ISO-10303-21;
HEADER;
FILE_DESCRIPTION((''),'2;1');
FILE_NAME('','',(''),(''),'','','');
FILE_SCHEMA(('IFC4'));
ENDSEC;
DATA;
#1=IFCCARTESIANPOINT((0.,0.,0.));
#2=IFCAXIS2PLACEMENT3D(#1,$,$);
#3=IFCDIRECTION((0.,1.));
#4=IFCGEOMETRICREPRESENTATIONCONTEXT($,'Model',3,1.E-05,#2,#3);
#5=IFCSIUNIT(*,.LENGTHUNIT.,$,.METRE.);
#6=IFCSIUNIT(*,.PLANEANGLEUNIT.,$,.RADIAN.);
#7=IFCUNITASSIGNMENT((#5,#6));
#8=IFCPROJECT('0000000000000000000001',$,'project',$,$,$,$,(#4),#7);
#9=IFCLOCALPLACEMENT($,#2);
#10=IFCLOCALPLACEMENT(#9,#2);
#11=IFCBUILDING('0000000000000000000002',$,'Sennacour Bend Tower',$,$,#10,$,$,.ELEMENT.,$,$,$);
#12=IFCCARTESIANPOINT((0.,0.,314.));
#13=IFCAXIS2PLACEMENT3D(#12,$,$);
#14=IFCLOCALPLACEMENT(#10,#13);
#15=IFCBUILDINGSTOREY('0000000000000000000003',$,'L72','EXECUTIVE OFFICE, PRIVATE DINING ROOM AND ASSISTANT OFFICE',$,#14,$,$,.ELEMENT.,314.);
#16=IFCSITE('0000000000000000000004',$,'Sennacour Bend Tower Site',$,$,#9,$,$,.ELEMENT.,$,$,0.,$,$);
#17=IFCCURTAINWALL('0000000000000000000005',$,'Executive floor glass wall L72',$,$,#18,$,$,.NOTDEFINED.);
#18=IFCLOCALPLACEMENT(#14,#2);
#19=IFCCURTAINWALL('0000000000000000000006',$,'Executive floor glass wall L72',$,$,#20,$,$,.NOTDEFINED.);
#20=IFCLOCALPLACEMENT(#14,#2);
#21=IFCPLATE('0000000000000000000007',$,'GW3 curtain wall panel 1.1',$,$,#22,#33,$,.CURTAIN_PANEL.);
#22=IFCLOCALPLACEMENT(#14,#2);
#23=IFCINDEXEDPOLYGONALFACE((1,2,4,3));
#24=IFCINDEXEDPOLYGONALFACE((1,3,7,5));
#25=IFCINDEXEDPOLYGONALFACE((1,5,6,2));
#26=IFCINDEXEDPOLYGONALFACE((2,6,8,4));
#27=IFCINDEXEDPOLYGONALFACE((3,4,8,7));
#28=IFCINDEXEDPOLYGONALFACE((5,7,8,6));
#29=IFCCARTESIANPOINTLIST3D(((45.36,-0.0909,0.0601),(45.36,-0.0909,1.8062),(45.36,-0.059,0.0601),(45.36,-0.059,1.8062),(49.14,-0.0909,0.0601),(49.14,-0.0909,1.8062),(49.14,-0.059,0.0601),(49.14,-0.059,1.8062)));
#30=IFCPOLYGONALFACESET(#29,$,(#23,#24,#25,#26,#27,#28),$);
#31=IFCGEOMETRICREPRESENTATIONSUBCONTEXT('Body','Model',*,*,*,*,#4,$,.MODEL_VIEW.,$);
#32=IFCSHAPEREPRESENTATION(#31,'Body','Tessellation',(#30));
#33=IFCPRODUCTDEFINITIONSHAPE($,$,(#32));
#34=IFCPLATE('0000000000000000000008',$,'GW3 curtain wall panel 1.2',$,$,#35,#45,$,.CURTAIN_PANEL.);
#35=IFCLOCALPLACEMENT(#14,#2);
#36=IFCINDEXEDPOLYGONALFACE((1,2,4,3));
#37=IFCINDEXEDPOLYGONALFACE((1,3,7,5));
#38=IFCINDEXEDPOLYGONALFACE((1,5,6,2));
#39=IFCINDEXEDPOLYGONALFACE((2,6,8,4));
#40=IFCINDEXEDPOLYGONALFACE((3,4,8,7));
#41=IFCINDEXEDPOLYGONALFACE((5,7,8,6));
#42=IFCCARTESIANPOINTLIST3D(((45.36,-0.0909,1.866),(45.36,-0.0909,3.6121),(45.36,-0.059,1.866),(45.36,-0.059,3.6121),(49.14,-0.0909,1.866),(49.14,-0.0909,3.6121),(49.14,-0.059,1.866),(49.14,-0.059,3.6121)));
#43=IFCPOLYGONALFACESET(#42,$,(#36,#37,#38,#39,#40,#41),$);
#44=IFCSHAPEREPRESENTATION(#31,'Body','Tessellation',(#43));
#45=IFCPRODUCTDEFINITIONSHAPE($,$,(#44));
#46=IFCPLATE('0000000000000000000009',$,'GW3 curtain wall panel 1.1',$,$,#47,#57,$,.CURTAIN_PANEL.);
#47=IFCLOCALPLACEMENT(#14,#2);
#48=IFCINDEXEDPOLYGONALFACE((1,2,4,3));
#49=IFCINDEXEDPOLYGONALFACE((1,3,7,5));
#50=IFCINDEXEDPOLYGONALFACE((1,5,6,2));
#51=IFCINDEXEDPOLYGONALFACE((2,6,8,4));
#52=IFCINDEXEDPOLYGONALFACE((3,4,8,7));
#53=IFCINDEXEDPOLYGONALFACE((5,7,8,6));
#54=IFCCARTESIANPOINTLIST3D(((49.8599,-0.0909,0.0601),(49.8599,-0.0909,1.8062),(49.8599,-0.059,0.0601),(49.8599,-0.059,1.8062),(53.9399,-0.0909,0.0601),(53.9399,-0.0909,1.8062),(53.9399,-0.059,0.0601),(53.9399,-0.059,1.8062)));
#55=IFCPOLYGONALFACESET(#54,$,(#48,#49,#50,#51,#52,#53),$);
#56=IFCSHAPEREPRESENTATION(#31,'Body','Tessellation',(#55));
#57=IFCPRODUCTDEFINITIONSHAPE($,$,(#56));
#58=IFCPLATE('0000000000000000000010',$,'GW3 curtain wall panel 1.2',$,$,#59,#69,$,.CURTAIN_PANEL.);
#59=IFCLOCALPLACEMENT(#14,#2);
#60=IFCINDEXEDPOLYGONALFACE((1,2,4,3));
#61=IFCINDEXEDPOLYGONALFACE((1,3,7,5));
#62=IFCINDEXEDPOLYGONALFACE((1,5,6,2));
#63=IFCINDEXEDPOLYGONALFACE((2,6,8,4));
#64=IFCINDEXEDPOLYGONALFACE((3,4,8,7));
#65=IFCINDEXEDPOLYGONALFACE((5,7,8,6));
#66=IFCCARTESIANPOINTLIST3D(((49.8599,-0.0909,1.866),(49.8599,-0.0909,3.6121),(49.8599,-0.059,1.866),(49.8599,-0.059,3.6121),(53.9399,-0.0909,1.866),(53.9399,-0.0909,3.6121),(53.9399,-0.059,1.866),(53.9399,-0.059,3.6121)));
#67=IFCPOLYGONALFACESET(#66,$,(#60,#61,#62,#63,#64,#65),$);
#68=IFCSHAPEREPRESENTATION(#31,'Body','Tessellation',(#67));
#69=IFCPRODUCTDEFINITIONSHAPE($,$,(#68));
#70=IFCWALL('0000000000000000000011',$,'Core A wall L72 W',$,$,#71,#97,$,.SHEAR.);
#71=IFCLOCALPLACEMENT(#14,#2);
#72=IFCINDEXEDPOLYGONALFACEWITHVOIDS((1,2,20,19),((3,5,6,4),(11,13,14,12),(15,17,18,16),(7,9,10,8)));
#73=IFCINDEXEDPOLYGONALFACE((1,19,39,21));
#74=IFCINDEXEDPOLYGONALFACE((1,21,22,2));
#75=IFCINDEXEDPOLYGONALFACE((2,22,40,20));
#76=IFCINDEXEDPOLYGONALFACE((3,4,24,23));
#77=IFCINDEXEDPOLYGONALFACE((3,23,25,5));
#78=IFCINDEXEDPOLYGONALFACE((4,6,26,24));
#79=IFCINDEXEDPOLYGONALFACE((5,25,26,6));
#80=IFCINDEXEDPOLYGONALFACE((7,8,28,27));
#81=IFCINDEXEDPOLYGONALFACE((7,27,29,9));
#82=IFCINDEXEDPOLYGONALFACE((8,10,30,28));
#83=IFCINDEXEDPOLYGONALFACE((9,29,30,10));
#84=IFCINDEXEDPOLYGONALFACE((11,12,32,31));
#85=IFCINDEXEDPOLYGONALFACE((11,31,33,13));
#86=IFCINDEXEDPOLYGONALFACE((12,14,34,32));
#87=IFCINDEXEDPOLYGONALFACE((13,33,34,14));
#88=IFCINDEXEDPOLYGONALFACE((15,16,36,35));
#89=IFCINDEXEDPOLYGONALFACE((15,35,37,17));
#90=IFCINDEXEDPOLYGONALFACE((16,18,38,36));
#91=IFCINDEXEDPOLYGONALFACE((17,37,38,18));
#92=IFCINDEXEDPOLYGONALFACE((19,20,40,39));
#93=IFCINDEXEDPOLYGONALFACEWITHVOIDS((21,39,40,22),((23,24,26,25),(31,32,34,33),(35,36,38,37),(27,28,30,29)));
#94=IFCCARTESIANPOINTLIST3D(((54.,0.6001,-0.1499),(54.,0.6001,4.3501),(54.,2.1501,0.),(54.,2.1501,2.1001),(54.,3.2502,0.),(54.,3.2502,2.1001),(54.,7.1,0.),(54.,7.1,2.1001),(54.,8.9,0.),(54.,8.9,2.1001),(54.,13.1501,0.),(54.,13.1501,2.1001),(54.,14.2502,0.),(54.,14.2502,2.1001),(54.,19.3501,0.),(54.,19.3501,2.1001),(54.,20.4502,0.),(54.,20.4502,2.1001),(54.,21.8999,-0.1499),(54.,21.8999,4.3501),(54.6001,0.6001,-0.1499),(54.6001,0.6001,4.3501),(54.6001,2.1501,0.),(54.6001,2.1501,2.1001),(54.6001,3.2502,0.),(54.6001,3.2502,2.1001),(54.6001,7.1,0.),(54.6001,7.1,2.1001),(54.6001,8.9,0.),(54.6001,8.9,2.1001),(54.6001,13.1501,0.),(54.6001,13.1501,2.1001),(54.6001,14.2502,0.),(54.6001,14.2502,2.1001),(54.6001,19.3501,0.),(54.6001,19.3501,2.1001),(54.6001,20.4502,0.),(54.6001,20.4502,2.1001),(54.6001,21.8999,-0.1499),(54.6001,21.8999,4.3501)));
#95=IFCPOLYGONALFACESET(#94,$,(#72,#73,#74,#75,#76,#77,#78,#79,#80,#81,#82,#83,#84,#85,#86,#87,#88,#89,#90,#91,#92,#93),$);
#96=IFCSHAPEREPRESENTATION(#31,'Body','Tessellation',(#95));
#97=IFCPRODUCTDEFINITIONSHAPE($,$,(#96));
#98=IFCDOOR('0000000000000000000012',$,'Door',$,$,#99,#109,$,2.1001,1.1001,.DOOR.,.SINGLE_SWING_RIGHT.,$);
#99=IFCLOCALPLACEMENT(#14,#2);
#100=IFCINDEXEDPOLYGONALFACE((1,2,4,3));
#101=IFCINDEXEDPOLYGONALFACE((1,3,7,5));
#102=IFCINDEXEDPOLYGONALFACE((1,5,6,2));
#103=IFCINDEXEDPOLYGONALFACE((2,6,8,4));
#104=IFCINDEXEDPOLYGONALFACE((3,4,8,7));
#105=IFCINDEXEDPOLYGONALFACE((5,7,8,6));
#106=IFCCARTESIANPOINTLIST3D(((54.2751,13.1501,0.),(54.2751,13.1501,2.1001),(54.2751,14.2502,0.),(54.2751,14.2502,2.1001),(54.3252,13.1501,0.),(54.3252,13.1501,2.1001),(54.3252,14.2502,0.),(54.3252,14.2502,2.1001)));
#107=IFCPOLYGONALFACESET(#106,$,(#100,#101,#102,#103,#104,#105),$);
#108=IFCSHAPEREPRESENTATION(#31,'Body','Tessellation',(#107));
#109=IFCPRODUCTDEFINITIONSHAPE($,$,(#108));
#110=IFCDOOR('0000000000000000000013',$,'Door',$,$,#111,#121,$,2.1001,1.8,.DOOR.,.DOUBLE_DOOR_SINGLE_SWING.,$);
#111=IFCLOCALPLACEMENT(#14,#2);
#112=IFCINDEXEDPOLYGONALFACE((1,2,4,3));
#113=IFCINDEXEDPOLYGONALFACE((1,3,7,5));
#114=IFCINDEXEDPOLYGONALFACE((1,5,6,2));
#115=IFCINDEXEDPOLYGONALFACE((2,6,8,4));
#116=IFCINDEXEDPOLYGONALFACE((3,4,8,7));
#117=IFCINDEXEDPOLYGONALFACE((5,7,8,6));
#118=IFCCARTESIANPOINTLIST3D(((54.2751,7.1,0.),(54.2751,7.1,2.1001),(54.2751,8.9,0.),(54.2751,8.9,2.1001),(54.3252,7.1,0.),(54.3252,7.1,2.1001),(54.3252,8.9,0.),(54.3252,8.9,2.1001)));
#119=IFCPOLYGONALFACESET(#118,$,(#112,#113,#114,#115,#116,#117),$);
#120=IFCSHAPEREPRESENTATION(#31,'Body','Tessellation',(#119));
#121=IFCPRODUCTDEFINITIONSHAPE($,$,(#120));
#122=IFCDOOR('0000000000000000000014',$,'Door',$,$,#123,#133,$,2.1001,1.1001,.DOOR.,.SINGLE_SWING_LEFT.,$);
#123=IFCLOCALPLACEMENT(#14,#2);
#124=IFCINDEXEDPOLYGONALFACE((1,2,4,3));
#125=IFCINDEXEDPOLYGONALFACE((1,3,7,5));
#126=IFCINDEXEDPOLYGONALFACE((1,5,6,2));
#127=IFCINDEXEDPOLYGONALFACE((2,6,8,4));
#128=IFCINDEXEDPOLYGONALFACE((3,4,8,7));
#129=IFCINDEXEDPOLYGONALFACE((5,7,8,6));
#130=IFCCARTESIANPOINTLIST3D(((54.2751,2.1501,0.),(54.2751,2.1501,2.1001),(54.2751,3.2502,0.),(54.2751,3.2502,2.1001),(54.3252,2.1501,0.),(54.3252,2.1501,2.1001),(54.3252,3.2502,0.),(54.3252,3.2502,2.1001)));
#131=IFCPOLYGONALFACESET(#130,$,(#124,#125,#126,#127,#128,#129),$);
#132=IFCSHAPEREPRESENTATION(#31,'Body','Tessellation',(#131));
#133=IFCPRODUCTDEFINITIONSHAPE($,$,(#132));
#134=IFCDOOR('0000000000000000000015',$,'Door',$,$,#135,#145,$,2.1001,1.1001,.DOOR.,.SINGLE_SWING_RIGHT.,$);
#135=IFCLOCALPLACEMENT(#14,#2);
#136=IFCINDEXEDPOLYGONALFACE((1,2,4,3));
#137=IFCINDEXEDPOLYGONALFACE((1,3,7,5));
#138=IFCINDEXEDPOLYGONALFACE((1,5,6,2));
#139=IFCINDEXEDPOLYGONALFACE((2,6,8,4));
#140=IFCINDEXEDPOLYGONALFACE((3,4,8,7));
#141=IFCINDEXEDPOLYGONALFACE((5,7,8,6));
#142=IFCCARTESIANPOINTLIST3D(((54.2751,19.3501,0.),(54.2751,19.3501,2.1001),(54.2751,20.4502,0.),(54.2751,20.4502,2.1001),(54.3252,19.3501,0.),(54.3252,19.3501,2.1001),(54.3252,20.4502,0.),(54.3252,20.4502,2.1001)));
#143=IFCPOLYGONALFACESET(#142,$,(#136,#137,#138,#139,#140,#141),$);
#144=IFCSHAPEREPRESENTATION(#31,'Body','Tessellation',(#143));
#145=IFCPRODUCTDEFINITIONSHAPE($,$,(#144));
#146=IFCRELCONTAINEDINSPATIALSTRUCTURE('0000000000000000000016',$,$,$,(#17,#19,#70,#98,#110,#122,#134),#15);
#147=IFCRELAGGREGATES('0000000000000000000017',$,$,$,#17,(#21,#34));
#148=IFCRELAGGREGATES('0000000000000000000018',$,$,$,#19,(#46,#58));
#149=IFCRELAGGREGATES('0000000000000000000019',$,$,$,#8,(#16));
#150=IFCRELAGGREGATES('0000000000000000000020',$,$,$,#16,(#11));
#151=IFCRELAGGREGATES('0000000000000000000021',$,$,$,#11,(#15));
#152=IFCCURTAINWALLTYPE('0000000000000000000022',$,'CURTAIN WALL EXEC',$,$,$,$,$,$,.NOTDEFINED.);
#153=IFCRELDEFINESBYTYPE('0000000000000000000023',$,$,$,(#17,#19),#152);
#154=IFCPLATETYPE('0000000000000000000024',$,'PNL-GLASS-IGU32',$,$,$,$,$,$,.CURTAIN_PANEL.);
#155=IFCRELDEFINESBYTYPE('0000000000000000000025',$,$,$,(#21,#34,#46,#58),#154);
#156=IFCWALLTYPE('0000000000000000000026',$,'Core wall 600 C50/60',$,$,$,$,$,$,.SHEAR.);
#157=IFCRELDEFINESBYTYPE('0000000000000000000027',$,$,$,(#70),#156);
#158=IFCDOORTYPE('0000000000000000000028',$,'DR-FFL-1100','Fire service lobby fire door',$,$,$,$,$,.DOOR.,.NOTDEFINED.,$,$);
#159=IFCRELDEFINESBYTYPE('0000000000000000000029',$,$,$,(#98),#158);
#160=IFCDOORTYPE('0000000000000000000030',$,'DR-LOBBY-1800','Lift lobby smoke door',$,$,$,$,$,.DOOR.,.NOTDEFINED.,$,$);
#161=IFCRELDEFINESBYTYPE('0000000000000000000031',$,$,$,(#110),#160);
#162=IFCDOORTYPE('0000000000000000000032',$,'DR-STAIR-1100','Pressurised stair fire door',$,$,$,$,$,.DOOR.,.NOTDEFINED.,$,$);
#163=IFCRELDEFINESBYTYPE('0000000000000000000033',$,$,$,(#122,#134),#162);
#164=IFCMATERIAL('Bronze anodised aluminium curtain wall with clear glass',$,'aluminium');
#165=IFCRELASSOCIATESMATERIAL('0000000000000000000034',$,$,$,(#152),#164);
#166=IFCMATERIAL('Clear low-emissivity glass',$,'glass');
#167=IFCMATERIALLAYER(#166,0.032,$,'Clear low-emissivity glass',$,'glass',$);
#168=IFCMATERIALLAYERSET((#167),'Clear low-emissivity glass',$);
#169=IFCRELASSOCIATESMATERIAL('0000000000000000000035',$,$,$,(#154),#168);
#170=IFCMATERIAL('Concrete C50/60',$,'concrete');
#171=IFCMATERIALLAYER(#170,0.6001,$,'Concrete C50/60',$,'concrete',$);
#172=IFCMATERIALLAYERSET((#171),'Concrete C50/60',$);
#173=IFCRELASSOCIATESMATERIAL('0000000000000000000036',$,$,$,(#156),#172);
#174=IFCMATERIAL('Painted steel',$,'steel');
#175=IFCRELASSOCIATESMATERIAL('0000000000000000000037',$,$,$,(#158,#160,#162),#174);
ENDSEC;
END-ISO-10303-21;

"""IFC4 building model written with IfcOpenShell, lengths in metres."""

from ifc_helpers import new_model, si_unit, direction, frame, frame_2d, origin, origin_2d, place, context, subcontext, project, spatial, rectangle, extrude, material, layer, layer_set, type_object, element, fill, aggregate, save


model = new_model("IFC4")

# Units and contexts
model_context = context("Model", 3, precision=1e-05, world=origin(), true_north=direction((0.0, 1.0)))
body_context = subcontext(model_context, "Body", "Model", "MODEL_VIEW")
ifc_project = project(units=[si_unit("LENGTHUNIT", "METRE"), si_unit("PLANEANGLEUNIT", "RADIAN")], contexts=[model_context])

# Site, building, storey
site_placement = place(None, origin())
site = spatial("IfcSite", under=ifc_project, at=site_placement, Name="Sennacour Bend Tower Site", CompositionType="ELEMENT", RefElevation=0.0)
building_placement = place(site_placement, origin())
building = spatial("IfcBuilding", under=site, at=building_placement, Name="Sennacour Bend Tower", CompositionType="ELEMENT")
storey_placement = place(building_placement, frame((0.0, 0.0, 314.0)))
storey = spatial("IfcBuildingStorey", under=building, at=storey_placement, Name="L72", Description="EXECUTIVE OFFICE, PRIVATE DINING ROOM AND ASSISTANT OFFICE", CompositionType="ELEMENT", Elevation=314.0)

# Curtain wall
ifc_material_1 = material(Name="Bronze anodised aluminium curtain wall with clear glass", Category="aluminium")
curtain_wall_type = type_object("IfcCurtainWallType", Name="CURTAIN WALL EXEC", PredefinedType="NOTDEFINED", material=ifc_material_1)
curtain_wall_1_placement = place(storey_placement, origin())
curtain_wall_1 = element("IfcCurtainWall", 1, at=curtain_wall_1_placement, inside=storey, type_object=curtain_wall_type, Name="Executive floor glass wall L72", PredefinedType="NOTDEFINED")

# Curtain wall
curtain_wall_2_placement = place(storey_placement, origin())
curtain_wall_2 = element("IfcCurtainWall", 2, at=curtain_wall_2_placement, inside=storey, type_object=curtain_wall_type, Name="Executive floor glass wall L72", PredefinedType="NOTDEFINED")

# Plates
ifc_material_2 = material(Name="Clear low-emissivity glass", Category="glass")
ifc_layer_1 = layer(ifc_material_2, 0.032, Name="Clear low-emissivity glass", Category="glass")
ifc_layer_set_1 = layer_set([ifc_layer_1], Name="Clear low-emissivity glass")
plate_type = type_object("IfcPlateType", Name="PNL-GLASS-IGU32", PredefinedType="CURTAIN_PANEL", material=ifc_layer_set_1)
plate_1_placement = place(storey_placement, frame((47.25, -0.075, 0.0601), z_axis=(0.0, 0.0, 1.0), x_axis=(1.0, 0.0, 0.0)))
plate_1 = element("IfcPlate", 3, at=plate_1_placement, type_object=plate_type, Name="GW3 curtain wall panel 1.1", PredefinedType="CURTAIN_PANEL", context=body_context, shape_type="SweptSolid", body=[
    extrude(rectangle(XDim=3.78, YDim=0.032, at=origin_2d()), origin(), (0.0, 0.0, 1.0), 1.7461),
])
plate_2_placement = place(storey_placement, frame((47.25, -0.075, 1.866), z_axis=(0.0, 0.0, 1.0), x_axis=(1.0, 0.0, 0.0)))
plate_2 = element("IfcPlate", 4, at=plate_2_placement, type_object=plate_type, Name="GW3 curtain wall panel 1.2", PredefinedType="CURTAIN_PANEL", context=body_context, shape_type="SweptSolid", body=[
    extrude(rectangle(XDim=3.78, YDim=0.032, at=origin_2d()), origin(), (0.0, 0.0, 1.0), 1.7461),
])
aggregate(curtain_wall_1, [plate_1, plate_2])
plate_3_placement = place(storey_placement, frame((51.8999, -0.075, 0.0601), z_axis=(0.0, 0.0, 1.0), x_axis=(1.0, 0.0, 0.0)))
plate_3 = element("IfcPlate", 5, at=plate_3_placement, type_object=plate_type, Name="GW3 curtain wall panel 1.1", PredefinedType="CURTAIN_PANEL", context=body_context, shape_type="SweptSolid", body=[
    extrude(rectangle(XDim=4.0801, YDim=0.032, at=origin_2d()), origin(), (0.0, 0.0, 1.0), 1.7461),
])
plate_4_placement = place(storey_placement, frame((51.8999, -0.075, 1.866), z_axis=(0.0, 0.0, 1.0), x_axis=(1.0, 0.0, 0.0)))
plate_4 = element("IfcPlate", 6, at=plate_4_placement, type_object=plate_type, Name="GW3 curtain wall panel 1.2", PredefinedType="CURTAIN_PANEL", context=body_context, shape_type="SweptSolid", body=[
    extrude(rectangle(XDim=4.0801, YDim=0.032, at=origin_2d()), origin(), (0.0, 0.0, 1.0), 1.7461),
])
aggregate(curtain_wall_2, [plate_3, plate_4])

# Wall, openings, doors
ifc_material_3 = material(Name="Concrete C50/60", Category="concrete")
ifc_layer_2 = layer(ifc_material_3, 0.6001, Name="Concrete C50/60", Category="concrete")
ifc_layer_set_2 = layer_set([ifc_layer_2], Name="Concrete C50/60")
wall_type_1 = type_object("IfcWallType", Name="Core wall 600 C50/60", PredefinedType="SHEAR", material=ifc_layer_set_2)
wall_1_placement = place(storey_placement, frame((54.3, 0.6001, -0.1499), z_axis=(0.0, 0.0, 1.0), x_axis=(0.0, 1.0, 0.0)))
wall_1 = element("IfcWall", 7, at=wall_1_placement, inside=storey, type_object=wall_type_1, Name="Core A wall L72 W", PredefinedType="SHEAR", context=body_context, shape_type="SweptSolid", body=[
    extrude(rectangle(XDim=21.2998, YDim=0.6001, at=frame_2d((10.6499, 0.0))), origin(), (0.0, 0.0, 1.0), 4.5),
])
opening_1_placement = place(wall_1_placement, frame((6.5, 0.0, 0.1499)))
opening_1 = element("IfcOpeningElement", 8, at=opening_1_placement, cuts=wall_1, PredefinedType="OPENING", context=body_context, shape_type="SweptSolid", body=[
    extrude(rectangle(XDim=1.8, YDim=2.1001, at=frame_2d((0.8999, 1.05))), frame((0.0, 0.3101, 0.0), z_axis=(0.0, -1.0, 0.0), x_axis=(1.0, 0.0, 0.0)), (0.0, 0.0, 1.0), 0.6201),
])
opening_2_placement = place(wall_1_placement, frame((12.55, 0.0, 0.1499)))
opening_2 = element("IfcOpeningElement", 9, at=opening_2_placement, cuts=wall_1, PredefinedType="OPENING", context=body_context, shape_type="SweptSolid", body=[
    extrude(rectangle(XDim=1.1001, YDim=2.1001, at=frame_2d((0.55, 1.05))), frame((0.0, 0.3101, 0.0), z_axis=(0.0, -1.0, 0.0), x_axis=(1.0, 0.0, 0.0)), (0.0, 0.0, 1.0), 0.6201),
])
opening_3_placement = place(wall_1_placement, frame((1.55, 0.0, 0.1499)))
opening_3 = element("IfcOpeningElement", 10, at=opening_3_placement, cuts=wall_1, PredefinedType="OPENING", context=body_context, shape_type="SweptSolid", body=[
    extrude(rectangle(XDim=1.1001, YDim=2.1001, at=frame_2d((0.55, 1.05))), frame((0.0, 0.3101, 0.0), z_axis=(0.0, -1.0, 0.0), x_axis=(1.0, 0.0, 0.0)), (0.0, 0.0, 1.0), 0.6201),
])
opening_4_placement = place(wall_1_placement, frame((18.75, 0.0, 0.1499)))
opening_4 = element("IfcOpeningElement", 11, at=opening_4_placement, cuts=wall_1, PredefinedType="OPENING", context=body_context, shape_type="SweptSolid", body=[
    extrude(rectangle(XDim=1.1001, YDim=2.1001, at=frame_2d((0.55, 1.05))), frame((0.0, 0.3101, 0.0), z_axis=(0.0, -1.0, 0.0), x_axis=(1.0, 0.0, 0.0)), (0.0, 0.0, 1.0), 0.6201),
])
ifc_material_4 = material(Name="Painted steel", Category="steel")
door_type_1 = type_object("IfcDoorType", Name="DR-FFL-1100", Description="Fire service lobby fire door", OperationType="NOTDEFINED", PredefinedType="DOOR", material=ifc_material_4)
door_1_placement = place(opening_2_placement, origin())
door_1 = element("IfcDoor", 12, at=door_1_placement, inside=storey, type_object=door_type_1, Name="Door", OperationType="SINGLE_SWING_RIGHT", OverallHeight=2.1001, OverallWidth=1.1001, PredefinedType="DOOR", context=body_context, shape_type="SweptSolid", body=[
    extrude(rectangle(XDim=1.1001, YDim=2.1001, at=frame_2d((0.55, 1.05))), frame((0.0, 0.0249, 0.0), z_axis=(0.0, -1.0, 0.0), x_axis=(1.0, 0.0, 0.0)), (0.0, 0.0, 1.0), 0.05),
])
fill(opening_2, door_1)
door_type_2 = type_object("IfcDoorType", Name="DR-LOBBY-1800", Description="Lift lobby smoke door", OperationType="NOTDEFINED", PredefinedType="DOOR", material=ifc_material_4)
door_2_placement = place(opening_1_placement, origin())
door_2 = element("IfcDoor", 13, at=door_2_placement, inside=storey, type_object=door_type_2, Name="Door", OperationType="DOUBLE_DOOR_SINGLE_SWING", OverallHeight=2.1001, OverallWidth=1.8, PredefinedType="DOOR", context=body_context, shape_type="SweptSolid", body=[
    extrude(rectangle(XDim=1.8, YDim=2.1001, at=frame_2d((0.8999, 1.05))), frame((0.0, 0.0249, 0.0), z_axis=(0.0, -1.0, 0.0), x_axis=(1.0, 0.0, 0.0)), (0.0, 0.0, 1.0), 0.05),
])
fill(opening_1, door_2)
door_type_3 = type_object("IfcDoorType", Name="DR-STAIR-1100", Description="Pressurised stair fire door", OperationType="NOTDEFINED", PredefinedType="DOOR", material=ifc_material_4)
door_3_placement = place(opening_3_placement, origin())
door_3 = element("IfcDoor", 14, at=door_3_placement, inside=storey, type_object=door_type_3, Name="Door", OperationType="SINGLE_SWING_LEFT", OverallHeight=2.1001, OverallWidth=1.1001, PredefinedType="DOOR", context=body_context, shape_type="SweptSolid", body=[
    extrude(rectangle(XDim=1.1001, YDim=2.1001, at=frame_2d((0.55, 1.05))), frame((0.0, 0.0249, 0.0), z_axis=(0.0, -1.0, 0.0), x_axis=(1.0, 0.0, 0.0)), (0.0, 0.0, 1.0), 0.05),
])
fill(opening_3, door_3)
door_4_placement = place(opening_4_placement, origin())
door_4 = element("IfcDoor", 15, at=door_4_placement, inside=storey, type_object=door_type_3, Name="Door", OperationType="SINGLE_SWING_RIGHT", OverallHeight=2.1001, OverallWidth=1.1001, PredefinedType="DOOR", context=body_context, shape_type="SweptSolid", body=[
    extrude(rectangle(XDim=1.1001, YDim=2.1001, at=frame_2d((0.55, 1.05))), frame((0.0, 0.0249, 0.0), z_axis=(0.0, -1.0, 0.0), x_axis=(1.0, 0.0, 0.0)), (0.0, 0.0, 1.0), 0.05),
])
fill(opening_4, door_4)

save(model, "model.ifc")
